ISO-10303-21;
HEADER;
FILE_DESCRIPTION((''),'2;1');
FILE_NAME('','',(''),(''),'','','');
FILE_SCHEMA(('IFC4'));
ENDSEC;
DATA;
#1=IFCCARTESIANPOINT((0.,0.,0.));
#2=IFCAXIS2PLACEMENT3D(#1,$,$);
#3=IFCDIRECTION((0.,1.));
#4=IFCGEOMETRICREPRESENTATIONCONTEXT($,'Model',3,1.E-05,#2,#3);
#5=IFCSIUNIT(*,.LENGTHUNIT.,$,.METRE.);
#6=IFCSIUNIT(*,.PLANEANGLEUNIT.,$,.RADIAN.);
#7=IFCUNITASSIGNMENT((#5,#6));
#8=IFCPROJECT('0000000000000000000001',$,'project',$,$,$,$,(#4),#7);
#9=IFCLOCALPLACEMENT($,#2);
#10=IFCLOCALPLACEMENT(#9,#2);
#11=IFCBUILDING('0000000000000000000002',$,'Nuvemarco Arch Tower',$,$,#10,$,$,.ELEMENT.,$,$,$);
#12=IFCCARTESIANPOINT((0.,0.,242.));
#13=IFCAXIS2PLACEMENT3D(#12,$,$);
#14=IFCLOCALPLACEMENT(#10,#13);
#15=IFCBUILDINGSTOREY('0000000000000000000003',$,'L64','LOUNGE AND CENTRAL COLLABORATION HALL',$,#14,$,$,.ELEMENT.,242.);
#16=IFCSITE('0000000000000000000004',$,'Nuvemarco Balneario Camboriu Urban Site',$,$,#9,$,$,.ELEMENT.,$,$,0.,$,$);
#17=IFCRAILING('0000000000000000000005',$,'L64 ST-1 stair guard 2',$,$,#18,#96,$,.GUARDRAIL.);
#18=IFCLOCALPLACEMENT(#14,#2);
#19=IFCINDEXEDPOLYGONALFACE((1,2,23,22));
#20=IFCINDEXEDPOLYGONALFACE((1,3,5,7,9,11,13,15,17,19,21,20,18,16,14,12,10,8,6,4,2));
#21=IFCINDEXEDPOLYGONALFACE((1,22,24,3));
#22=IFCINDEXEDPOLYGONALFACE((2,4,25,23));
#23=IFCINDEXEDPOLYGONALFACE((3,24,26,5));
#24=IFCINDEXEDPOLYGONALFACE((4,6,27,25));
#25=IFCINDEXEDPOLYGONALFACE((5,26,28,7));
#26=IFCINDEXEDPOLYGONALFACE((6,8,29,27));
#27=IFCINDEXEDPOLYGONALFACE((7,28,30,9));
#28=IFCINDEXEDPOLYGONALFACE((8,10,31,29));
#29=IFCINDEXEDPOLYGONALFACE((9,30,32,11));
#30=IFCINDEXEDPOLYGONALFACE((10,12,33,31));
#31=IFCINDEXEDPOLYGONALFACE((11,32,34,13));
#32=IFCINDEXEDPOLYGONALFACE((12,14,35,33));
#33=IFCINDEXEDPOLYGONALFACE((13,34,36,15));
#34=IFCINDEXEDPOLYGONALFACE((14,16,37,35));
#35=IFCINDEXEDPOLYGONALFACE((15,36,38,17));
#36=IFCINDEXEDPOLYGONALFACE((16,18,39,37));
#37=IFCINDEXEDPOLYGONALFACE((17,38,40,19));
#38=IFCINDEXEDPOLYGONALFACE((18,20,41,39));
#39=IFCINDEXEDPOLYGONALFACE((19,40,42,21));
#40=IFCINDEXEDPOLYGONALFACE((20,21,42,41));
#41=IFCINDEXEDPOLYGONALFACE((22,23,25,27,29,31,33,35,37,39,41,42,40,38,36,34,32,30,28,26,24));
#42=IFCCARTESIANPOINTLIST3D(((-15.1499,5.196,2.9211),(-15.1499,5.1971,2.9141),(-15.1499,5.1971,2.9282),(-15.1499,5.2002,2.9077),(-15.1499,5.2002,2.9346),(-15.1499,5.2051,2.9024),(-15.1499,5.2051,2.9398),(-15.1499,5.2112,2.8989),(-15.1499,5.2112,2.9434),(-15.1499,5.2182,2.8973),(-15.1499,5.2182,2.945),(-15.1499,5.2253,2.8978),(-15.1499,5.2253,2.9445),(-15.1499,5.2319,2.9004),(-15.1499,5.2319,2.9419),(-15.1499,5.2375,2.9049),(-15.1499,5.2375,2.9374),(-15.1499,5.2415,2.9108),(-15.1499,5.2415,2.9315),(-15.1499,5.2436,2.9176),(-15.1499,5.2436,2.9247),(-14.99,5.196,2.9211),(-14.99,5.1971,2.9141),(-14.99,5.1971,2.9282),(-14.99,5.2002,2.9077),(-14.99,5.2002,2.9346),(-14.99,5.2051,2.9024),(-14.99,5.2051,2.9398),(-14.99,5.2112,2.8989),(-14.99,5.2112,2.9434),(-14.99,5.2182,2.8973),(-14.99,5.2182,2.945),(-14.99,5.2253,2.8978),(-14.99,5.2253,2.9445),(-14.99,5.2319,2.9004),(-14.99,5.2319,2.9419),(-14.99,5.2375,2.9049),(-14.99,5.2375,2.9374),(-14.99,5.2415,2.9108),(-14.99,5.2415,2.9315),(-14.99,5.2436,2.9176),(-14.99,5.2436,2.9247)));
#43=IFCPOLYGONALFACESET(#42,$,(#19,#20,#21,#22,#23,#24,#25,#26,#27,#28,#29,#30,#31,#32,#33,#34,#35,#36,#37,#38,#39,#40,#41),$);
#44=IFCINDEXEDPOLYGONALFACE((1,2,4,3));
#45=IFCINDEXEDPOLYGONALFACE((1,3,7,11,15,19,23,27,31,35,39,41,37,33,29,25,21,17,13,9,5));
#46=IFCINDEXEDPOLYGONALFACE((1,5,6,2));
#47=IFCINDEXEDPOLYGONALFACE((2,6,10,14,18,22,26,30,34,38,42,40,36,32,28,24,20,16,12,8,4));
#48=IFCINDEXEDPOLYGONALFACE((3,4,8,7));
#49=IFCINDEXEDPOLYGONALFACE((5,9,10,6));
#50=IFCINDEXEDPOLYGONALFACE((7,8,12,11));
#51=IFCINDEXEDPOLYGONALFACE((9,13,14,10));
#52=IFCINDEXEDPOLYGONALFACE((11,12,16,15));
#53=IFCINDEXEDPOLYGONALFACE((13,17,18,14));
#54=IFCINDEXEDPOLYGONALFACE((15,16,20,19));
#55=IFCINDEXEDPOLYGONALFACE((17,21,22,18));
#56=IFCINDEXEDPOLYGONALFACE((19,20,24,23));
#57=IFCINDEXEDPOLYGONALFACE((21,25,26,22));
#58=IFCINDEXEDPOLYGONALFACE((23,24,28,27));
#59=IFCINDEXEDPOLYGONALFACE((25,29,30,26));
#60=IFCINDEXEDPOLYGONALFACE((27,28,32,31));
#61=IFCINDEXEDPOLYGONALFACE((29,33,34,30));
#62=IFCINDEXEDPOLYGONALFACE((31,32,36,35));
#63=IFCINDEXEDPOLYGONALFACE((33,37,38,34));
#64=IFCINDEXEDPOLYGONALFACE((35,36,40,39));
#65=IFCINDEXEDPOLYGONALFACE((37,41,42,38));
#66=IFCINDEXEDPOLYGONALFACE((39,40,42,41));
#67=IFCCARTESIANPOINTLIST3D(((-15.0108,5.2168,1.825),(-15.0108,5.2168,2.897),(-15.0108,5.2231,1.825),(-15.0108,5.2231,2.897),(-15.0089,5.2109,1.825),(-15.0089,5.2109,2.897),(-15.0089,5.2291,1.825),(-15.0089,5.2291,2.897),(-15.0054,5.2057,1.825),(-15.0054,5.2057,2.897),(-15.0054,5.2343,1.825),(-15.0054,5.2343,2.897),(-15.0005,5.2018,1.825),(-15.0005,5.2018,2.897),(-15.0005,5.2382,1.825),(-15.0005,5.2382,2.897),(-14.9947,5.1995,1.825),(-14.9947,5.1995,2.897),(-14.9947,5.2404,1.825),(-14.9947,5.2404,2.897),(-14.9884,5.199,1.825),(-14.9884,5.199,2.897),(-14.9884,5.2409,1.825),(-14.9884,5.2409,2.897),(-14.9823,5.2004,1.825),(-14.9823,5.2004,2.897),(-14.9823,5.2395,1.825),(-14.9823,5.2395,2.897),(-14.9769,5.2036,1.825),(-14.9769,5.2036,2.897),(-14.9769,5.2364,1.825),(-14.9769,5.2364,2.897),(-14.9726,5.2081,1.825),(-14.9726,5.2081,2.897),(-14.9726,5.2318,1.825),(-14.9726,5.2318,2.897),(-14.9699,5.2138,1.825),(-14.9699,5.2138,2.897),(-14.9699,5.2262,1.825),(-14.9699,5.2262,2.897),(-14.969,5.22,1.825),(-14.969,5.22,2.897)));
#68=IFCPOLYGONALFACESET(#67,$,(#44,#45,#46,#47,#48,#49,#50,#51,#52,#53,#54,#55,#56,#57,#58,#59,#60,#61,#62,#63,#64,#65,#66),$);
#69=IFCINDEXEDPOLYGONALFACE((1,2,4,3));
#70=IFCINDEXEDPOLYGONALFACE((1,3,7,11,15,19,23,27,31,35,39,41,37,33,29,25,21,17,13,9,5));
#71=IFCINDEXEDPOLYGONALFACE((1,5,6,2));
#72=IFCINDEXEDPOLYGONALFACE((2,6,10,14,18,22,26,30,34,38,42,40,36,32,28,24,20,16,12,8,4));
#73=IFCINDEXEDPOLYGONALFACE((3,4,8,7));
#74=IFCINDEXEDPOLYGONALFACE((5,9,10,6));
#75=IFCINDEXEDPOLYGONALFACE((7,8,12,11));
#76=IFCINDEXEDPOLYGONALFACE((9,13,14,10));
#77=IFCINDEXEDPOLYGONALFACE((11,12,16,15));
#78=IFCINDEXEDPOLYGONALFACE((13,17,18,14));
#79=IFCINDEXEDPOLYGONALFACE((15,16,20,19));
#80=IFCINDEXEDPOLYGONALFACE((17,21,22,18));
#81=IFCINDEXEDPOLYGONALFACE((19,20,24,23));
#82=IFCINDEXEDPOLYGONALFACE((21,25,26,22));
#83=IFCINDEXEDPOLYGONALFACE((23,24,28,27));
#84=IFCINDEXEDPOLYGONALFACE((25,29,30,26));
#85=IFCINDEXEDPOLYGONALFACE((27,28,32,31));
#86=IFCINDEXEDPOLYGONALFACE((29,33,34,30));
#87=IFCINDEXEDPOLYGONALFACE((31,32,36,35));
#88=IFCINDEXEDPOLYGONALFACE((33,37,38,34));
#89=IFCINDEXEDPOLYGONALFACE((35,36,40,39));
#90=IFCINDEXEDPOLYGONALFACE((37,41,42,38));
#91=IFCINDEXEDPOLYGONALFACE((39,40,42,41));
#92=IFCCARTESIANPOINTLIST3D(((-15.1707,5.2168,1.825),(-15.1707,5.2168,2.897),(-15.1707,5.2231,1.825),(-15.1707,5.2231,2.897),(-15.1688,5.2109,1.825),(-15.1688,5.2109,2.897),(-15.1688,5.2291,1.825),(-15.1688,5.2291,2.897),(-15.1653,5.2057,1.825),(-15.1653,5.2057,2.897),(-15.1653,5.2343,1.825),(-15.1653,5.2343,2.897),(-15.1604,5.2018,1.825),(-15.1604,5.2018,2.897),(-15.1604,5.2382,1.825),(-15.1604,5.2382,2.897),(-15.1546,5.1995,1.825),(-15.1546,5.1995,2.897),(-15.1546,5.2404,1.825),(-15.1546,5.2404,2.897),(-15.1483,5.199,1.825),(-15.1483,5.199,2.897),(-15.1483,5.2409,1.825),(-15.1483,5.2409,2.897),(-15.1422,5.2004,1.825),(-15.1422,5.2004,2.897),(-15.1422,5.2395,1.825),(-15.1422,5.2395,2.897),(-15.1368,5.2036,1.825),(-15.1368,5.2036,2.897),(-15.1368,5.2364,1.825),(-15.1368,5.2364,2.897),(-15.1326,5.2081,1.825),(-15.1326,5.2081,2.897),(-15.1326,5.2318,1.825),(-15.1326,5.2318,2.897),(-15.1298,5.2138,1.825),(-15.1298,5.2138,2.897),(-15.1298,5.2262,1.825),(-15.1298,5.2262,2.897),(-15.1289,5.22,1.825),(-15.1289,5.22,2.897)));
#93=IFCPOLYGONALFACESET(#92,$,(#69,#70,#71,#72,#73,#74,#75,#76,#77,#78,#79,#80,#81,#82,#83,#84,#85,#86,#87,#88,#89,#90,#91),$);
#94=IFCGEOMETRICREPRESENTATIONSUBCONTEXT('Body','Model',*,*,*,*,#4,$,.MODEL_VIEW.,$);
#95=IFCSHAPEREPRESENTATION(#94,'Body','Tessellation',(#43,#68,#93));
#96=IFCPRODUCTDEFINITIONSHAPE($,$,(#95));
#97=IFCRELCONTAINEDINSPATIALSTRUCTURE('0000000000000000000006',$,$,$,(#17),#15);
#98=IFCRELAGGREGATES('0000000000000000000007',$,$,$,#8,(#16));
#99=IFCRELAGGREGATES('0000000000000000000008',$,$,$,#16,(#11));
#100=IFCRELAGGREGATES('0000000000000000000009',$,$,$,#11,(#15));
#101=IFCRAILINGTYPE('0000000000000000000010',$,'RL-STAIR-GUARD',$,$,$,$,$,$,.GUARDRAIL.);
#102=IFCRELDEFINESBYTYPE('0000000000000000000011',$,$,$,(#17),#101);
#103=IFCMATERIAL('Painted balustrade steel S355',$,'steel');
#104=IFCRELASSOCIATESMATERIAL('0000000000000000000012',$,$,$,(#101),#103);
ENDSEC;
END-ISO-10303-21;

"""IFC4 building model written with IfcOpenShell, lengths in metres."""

from ifc_helpers import new_model, si_unit, direction, frame, origin, origin_2d, place, context, subcontext, project, spatial, circle, extrude, material, type_object, element, save


model = new_model("IFC4")

# Units and contexts
model_context = context("Model", 3, precision=1e-05, world=origin(), true_north=direction((0.0, 1.0)))
body_context = subcontext(model_context, "Body", "Model", "MODEL_VIEW")
ifc_project = project(units=[si_unit("LENGTHUNIT", "METRE"), si_unit("PLANEANGLEUNIT", "RADIAN")], contexts=[model_context])

# Site, building, storey
site_placement = place(None, origin())
site = spatial("IfcSite", under=ifc_project, at=site_placement, Name="Nuvemarco Balneario Camboriu Urban Site", CompositionType="ELEMENT", RefElevation=0.0)
building_placement = place(site_placement, origin())
building = spatial("IfcBuilding", under=site, at=building_placement, Name="Nuvemarco Arch Tower", CompositionType="ELEMENT")
storey_placement = place(building_placement, frame((0.0, 0.0, 242.0)))
storey = spatial("IfcBuildingStorey", under=building, at=storey_placement, Name="L64", Description="LOUNGE AND CENTRAL COLLABORATION HALL", CompositionType="ELEMENT", Elevation=242.0)

# Railing
ifc_material_1 = material(Name="Painted balustrade steel S355", Category="steel")
railing_type_1 = type_object("IfcRailingType", Name="RL-STAIR-GUARD", PredefinedType="GUARDRAIL", material=ifc_material_1)
railing_1_placement = place(storey_placement, frame((-14.99, 5.22, 1.825)))
element("IfcRailing", 1, at=railing_1_placement, inside=storey, type_object=railing_type_1, Name="L64 ST-1 stair guard 2", PredefinedType="GUARDRAIL", context=body_context, shape_type="SweptSolid", body=[
    extrude(circle(Radius=0.0239, at=origin_2d()), frame((0.0, 0.0, 1.0962), z_axis=(-1.0, 0.0, 0.0), x_axis=(0.0, -1.0, 0.0)), (0.0, 0.0, 1.0), 0.1599),
    extrude(circle(Radius=0.021, at=origin_2d()), origin(), (0.0, 0.0, 1.0), 1.072),
    extrude(circle(Radius=0.021, at=origin_2d()), frame((-0.1599, 0.0, 0.0)), (0.0, 0.0, 1.0), 1.072),
])

save(model, "model.ifc")
